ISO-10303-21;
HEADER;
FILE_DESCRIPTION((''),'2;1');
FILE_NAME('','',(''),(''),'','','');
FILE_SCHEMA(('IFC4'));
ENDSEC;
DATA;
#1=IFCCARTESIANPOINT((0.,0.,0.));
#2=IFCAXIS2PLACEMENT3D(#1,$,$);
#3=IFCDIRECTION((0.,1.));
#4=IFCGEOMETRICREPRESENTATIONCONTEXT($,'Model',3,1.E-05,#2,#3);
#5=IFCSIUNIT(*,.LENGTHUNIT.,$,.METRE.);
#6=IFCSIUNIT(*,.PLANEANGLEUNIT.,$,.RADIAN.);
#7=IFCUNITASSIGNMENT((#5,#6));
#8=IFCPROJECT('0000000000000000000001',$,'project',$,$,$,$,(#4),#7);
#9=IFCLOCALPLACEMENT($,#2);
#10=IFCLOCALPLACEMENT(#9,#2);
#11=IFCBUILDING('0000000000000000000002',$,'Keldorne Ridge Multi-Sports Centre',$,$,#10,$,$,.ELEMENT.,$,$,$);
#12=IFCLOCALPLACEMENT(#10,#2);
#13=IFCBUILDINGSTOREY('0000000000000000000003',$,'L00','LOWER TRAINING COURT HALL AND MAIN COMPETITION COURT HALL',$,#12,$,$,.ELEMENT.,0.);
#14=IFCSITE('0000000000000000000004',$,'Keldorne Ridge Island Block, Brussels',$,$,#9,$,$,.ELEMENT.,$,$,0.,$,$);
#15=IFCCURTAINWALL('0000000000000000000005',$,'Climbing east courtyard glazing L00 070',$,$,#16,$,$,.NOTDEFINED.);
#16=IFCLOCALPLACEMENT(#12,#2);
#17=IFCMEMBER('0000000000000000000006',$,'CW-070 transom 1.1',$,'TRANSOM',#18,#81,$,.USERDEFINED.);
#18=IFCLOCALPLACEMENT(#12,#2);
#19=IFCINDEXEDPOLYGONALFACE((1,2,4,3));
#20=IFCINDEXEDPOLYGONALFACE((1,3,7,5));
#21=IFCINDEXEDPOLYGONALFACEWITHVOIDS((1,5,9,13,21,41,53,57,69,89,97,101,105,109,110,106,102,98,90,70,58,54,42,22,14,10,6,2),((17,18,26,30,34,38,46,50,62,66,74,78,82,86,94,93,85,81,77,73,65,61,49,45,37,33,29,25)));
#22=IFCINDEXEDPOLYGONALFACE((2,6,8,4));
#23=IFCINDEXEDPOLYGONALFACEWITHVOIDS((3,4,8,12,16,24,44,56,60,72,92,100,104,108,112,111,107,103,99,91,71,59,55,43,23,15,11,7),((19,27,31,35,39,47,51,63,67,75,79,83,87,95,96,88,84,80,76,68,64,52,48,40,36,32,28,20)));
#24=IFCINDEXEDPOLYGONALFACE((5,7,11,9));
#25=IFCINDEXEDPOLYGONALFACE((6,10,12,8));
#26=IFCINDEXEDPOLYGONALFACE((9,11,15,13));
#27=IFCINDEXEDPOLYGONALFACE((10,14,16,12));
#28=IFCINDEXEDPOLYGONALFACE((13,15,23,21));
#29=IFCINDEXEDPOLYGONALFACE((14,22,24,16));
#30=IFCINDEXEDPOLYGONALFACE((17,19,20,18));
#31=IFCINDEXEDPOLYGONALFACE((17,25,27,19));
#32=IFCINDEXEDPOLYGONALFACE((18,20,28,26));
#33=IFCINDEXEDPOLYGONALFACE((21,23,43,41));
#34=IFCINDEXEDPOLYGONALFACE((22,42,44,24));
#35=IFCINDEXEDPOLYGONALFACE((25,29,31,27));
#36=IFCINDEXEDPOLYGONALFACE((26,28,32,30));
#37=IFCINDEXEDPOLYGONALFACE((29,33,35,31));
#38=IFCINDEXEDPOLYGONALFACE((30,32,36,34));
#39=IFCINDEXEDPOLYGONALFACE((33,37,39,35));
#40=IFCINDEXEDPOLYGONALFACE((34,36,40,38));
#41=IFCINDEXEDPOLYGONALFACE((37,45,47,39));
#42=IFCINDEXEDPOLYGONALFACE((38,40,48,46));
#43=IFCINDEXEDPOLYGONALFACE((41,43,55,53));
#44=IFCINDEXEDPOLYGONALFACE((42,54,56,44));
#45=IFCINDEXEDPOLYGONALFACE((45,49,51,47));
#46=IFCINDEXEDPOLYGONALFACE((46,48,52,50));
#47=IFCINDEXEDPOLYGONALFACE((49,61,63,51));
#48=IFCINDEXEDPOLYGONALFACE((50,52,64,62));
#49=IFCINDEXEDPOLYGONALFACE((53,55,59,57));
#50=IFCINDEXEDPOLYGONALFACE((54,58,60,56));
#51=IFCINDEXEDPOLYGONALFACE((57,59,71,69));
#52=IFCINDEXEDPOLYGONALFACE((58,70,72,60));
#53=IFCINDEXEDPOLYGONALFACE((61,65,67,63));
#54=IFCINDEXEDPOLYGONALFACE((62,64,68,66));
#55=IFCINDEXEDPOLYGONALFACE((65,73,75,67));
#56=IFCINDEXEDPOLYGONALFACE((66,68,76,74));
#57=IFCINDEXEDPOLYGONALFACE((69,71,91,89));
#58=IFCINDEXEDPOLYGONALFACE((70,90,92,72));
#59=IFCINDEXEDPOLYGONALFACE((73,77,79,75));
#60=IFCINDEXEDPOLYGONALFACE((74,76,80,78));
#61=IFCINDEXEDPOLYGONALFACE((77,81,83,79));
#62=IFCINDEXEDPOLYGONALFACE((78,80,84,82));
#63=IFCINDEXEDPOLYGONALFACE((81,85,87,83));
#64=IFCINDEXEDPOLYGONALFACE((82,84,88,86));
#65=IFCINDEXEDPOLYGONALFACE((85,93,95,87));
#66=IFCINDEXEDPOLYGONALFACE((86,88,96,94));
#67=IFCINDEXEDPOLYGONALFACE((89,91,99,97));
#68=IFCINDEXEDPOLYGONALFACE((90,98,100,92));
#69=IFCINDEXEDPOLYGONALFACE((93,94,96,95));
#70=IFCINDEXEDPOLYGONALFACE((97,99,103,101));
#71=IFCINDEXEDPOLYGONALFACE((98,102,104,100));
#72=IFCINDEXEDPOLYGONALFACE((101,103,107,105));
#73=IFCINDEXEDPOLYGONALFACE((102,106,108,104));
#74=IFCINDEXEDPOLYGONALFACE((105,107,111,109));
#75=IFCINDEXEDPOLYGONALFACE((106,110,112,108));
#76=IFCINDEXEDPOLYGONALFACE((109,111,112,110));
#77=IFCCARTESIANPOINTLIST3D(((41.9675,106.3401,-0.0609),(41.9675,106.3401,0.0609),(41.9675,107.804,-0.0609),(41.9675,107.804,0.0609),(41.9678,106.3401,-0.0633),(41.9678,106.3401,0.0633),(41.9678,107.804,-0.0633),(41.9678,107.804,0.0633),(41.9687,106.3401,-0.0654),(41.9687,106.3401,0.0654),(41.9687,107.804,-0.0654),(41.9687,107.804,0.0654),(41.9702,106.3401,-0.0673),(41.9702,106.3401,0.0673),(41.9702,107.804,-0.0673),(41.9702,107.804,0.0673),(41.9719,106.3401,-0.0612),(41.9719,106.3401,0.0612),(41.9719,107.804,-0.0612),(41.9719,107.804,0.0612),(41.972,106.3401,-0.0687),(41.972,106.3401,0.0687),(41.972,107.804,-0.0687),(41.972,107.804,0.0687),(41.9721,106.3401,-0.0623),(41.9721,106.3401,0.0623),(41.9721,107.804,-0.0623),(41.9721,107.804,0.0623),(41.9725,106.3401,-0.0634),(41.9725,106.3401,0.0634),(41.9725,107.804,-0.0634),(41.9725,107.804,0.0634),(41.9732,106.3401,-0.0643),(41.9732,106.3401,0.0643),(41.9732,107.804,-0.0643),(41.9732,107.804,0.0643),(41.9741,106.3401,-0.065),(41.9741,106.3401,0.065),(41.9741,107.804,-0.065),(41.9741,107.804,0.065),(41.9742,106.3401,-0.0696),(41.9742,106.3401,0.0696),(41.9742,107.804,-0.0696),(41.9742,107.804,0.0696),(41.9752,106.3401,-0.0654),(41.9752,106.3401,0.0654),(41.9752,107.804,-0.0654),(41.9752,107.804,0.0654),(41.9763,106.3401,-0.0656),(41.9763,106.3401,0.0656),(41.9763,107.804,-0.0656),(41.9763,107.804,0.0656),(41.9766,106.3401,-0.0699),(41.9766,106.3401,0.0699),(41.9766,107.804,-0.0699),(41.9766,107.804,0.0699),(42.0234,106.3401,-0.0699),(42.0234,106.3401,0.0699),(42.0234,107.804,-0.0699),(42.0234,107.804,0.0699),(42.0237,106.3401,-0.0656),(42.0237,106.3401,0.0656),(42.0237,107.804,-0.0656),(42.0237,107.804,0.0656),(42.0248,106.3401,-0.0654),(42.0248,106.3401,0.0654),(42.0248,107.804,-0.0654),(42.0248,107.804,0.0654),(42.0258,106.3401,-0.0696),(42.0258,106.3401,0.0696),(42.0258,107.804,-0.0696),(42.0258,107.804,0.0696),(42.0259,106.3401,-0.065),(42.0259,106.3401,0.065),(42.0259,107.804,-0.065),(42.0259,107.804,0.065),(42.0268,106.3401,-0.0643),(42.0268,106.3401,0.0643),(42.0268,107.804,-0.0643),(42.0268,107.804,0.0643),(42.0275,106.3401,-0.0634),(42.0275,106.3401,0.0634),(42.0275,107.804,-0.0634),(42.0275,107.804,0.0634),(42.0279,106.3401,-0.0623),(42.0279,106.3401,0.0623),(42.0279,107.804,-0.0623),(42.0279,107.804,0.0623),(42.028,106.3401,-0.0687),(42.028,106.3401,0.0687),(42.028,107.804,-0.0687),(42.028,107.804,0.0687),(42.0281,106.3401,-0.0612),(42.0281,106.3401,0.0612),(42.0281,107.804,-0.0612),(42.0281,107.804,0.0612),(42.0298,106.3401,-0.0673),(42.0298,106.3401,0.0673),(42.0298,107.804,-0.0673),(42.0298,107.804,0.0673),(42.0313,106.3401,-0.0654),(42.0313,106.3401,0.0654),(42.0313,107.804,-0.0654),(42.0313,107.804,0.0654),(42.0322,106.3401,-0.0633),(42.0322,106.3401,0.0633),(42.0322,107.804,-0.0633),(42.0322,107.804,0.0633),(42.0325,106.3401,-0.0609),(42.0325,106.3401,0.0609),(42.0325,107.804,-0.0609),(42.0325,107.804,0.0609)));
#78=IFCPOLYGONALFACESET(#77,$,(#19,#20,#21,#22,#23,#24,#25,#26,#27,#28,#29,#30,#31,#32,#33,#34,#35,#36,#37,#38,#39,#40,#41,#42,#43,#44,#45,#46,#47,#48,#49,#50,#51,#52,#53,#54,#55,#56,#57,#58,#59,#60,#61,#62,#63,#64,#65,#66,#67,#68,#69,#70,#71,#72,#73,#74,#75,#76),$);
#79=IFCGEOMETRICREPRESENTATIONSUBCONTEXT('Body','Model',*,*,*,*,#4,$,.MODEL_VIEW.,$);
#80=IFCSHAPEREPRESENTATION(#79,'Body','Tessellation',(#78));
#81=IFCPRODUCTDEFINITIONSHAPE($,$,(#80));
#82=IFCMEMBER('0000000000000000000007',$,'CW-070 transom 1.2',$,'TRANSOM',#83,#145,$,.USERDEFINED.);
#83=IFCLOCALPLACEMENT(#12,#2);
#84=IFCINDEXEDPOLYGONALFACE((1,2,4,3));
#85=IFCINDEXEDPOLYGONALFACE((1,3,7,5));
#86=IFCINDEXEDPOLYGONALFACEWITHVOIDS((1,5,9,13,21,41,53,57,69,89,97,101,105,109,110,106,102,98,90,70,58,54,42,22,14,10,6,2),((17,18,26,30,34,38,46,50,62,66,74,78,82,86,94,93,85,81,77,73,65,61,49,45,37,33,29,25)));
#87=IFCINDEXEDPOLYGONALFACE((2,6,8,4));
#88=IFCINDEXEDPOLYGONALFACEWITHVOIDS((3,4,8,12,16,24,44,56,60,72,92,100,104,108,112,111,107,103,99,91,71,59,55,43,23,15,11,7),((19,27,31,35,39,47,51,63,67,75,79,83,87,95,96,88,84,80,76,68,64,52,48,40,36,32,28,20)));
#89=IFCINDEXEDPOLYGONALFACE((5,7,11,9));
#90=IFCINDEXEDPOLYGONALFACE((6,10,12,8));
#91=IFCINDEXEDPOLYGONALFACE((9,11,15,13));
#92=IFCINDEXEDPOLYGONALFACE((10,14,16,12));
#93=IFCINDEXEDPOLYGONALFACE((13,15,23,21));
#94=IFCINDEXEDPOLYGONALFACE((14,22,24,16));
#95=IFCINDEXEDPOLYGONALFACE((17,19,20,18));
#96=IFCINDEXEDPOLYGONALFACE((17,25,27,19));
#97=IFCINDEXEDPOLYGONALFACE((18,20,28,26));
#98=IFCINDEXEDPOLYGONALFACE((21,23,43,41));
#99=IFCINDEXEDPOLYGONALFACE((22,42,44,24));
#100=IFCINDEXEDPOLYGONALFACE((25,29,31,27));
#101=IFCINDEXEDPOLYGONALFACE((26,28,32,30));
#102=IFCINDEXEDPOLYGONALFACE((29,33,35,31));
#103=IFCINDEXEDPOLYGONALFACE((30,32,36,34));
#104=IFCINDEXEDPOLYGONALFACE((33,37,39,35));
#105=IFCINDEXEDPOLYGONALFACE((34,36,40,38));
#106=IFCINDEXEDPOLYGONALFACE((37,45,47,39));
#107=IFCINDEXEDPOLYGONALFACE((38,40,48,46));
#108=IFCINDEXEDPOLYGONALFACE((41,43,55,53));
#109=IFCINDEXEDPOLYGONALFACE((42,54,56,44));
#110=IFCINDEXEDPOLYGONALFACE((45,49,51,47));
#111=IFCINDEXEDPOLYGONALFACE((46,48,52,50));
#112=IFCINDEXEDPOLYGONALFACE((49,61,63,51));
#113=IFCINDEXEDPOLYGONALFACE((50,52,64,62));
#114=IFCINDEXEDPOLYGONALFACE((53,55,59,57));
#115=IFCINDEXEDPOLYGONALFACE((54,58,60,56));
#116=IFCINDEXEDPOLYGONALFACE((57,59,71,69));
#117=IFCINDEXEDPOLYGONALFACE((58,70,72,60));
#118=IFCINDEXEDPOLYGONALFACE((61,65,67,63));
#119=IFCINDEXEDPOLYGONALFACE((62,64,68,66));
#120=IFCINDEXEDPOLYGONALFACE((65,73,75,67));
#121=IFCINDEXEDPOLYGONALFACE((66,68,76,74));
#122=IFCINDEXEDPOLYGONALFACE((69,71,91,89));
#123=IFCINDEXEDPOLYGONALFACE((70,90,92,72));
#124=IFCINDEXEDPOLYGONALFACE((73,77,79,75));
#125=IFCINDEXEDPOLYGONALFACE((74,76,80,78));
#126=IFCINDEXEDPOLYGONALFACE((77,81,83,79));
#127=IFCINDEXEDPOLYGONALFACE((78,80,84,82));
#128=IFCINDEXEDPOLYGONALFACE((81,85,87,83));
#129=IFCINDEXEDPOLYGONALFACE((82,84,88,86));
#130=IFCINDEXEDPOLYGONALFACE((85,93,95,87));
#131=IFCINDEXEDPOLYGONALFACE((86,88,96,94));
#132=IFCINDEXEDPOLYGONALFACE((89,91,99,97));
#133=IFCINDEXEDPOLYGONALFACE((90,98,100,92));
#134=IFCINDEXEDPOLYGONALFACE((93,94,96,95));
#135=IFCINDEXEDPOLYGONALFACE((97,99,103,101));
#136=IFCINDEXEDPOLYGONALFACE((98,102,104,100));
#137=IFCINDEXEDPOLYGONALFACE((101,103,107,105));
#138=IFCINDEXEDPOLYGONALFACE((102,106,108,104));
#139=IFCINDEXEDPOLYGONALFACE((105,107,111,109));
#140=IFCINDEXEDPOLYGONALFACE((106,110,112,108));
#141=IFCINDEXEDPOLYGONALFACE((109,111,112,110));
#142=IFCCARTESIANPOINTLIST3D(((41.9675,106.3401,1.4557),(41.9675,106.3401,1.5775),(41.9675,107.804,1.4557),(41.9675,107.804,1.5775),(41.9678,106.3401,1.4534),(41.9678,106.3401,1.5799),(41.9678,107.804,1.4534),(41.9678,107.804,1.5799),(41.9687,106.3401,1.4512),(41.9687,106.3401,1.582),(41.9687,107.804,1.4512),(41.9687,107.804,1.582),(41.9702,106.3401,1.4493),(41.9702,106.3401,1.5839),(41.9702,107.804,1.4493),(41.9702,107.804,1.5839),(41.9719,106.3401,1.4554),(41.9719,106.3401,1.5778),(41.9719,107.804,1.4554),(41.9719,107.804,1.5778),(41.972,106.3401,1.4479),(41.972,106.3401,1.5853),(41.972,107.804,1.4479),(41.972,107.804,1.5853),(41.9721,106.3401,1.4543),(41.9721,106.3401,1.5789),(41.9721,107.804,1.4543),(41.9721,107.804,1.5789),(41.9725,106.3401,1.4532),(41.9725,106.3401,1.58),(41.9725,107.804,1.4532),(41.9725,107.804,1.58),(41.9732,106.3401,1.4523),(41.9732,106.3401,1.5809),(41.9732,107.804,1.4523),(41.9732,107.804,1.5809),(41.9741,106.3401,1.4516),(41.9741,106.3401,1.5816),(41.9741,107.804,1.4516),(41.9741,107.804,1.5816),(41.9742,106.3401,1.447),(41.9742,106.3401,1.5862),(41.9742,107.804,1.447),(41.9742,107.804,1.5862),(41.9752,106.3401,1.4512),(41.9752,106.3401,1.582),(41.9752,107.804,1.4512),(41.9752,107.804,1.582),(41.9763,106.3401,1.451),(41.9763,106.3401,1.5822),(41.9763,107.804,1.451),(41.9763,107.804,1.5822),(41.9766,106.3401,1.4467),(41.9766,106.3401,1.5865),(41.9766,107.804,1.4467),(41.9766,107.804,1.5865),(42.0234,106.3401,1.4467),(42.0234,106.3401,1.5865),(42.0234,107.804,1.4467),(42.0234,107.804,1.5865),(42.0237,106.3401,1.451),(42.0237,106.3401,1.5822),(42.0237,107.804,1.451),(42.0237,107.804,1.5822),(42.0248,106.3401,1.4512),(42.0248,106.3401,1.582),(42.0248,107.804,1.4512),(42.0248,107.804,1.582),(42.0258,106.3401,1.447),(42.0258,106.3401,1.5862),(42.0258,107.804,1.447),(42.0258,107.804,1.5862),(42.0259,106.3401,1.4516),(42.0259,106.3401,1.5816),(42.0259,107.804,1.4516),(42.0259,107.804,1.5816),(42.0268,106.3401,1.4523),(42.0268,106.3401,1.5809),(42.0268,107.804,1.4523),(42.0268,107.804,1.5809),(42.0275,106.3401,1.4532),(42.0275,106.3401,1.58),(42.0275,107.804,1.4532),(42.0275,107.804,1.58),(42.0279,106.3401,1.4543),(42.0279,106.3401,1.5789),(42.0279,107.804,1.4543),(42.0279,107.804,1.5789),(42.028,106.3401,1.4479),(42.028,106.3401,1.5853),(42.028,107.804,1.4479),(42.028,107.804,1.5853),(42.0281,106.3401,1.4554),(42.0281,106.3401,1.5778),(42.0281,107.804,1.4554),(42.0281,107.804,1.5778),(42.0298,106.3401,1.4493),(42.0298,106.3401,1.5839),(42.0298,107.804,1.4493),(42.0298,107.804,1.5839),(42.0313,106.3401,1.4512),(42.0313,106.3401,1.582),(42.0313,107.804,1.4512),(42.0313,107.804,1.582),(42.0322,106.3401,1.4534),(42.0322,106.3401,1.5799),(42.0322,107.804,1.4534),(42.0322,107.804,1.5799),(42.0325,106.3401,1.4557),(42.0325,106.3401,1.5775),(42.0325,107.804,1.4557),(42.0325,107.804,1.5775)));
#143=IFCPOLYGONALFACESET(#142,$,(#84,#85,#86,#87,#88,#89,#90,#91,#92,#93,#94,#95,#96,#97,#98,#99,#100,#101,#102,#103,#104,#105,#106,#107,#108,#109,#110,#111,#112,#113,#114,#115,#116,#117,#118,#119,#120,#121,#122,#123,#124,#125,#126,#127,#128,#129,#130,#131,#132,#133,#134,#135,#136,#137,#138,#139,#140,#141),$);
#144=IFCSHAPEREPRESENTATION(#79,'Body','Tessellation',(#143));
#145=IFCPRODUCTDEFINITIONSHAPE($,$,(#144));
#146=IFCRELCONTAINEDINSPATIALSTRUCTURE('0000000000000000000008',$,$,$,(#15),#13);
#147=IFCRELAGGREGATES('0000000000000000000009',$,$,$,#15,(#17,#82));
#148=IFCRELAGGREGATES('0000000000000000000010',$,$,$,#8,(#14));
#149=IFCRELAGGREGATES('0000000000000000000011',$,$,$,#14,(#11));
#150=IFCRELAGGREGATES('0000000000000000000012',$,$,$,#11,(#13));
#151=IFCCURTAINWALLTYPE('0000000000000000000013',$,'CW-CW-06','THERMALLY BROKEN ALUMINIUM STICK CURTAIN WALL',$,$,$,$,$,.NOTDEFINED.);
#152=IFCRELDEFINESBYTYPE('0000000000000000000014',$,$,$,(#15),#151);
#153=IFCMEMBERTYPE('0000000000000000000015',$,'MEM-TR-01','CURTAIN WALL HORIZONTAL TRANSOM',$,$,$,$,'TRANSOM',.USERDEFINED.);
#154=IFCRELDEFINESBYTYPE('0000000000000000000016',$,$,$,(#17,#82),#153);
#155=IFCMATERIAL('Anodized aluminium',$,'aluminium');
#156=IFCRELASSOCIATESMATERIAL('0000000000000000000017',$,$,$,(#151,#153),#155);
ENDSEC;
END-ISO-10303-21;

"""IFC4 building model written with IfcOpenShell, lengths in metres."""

from ifc_helpers import new_model, si_unit, direction, frame, origin, origin_2d, place, context, subcontext, project, spatial, hollow_rectangle, extrude, material, material_profile, profile_set, type_object, element, aggregate, save


model = new_model("IFC4")

# Units and contexts
model_context = context("Model", 3, precision=1e-05, world=origin(), true_north=direction((0.0, 1.0)))
body_context = subcontext(model_context, "Body", "Model", "MODEL_VIEW")
ifc_project = project(units=[si_unit("LENGTHUNIT", "METRE"), si_unit("PLANEANGLEUNIT", "RADIAN")], contexts=[model_context])

# Site, building, storey
site_placement = place(None, origin())
site = spatial("IfcSite", under=ifc_project, at=site_placement, Name="Keldorne Ridge Island Block, Brussels", CompositionType="ELEMENT", RefElevation=0.0)
building_placement = place(site_placement, origin())
building = spatial("IfcBuilding", under=site, at=building_placement, Name="Keldorne Ridge Multi-Sports Centre", CompositionType="ELEMENT")
storey_placement = place(building_placement, origin())
storey = spatial("IfcBuildingStorey", under=building, at=storey_placement, Name="L00", Description="LOWER TRAINING COURT HALL AND MAIN COMPETITION COURT HALL", CompositionType="ELEMENT", Elevation=0.0)

# Shared definitions
ifc_material_1 = material(Name="Anodized aluminium", Category="aluminium")

# Curtain wall, members
curtain_wall_type_1 = type_object("IfcCurtainWallType", Name="CW-CW-06", Description="THERMALLY BROKEN ALUMINIUM STICK CURTAIN WALL", PredefinedType="NOTDEFINED", material=ifc_material_1)
curtain_wall_1_placement = place(storey_placement, origin())
curtain_wall_1 = element("IfcCurtainWall", 1, at=curtain_wall_1_placement, inside=storey, type_object=curtain_wall_type_1, Name="Climbing east courtyard glazing L00 070", PredefinedType="NOTDEFINED")
ifc_material_profile_1 = material_profile(ifc_material_1, hollow_rectangle(XDim=0.0649, YDim=0.1399, WallThickness=0.0044, InnerFilletRadius=0.0044, OuterFilletRadius=0.009, at=origin_2d()), Name="ALU TRANSOM 140x65x4.5")
ifc_profile_set_1 = profile_set([ifc_material_profile_1], Name="Anodized aluminium")
member_type_1 = type_object("IfcMemberType", Name="MEM-TR-01", Description="CURTAIN WALL HORIZONTAL TRANSOM", ElementType="TRANSOM", PredefinedType="USERDEFINED", material=ifc_profile_set_1)
member_1_placement = place(storey_placement, frame((42.0, 106.3401, 0.0), z_axis=(0.0, 1.0, 0.0), x_axis=(-1.0, 0.0, 0.0)))
member_1 = element("IfcMember", 2, at=member_1_placement, type_object=member_type_1, Name="CW-070 transom 1.1", ObjectType="TRANSOM", PredefinedType="USERDEFINED", context=body_context, shape_type="SweptSolid", body=[
    extrude(hollow_rectangle(XDim=0.0649, YDim=0.1399, WallThickness=0.0044, InnerFilletRadius=0.0044, OuterFilletRadius=0.009, at=origin_2d()), origin(), (0.0, 0.0, 1.0), 1.4639),
])
member_2_placement = place(storey_placement, frame((42.0, 106.3401, 1.5166), z_axis=(0.0, 1.0, 0.0), x_axis=(-1.0, 0.0, 0.0)))
member_2 = element("IfcMember", 3, at=member_2_placement, type_object=member_type_1, Name="CW-070 transom 1.2", ObjectType="TRANSOM", PredefinedType="USERDEFINED", context=body_context, shape_type="SweptSolid", body=[
    extrude(hollow_rectangle(XDim=0.0649, YDim=0.1399, WallThickness=0.0044, InnerFilletRadius=0.0044, OuterFilletRadius=0.009, at=origin_2d()), origin(), (0.0, 0.0, 1.0), 1.4639),
])

aggregate(curtain_wall_1, [member_1, member_2])

save(model, "model.ifc")
